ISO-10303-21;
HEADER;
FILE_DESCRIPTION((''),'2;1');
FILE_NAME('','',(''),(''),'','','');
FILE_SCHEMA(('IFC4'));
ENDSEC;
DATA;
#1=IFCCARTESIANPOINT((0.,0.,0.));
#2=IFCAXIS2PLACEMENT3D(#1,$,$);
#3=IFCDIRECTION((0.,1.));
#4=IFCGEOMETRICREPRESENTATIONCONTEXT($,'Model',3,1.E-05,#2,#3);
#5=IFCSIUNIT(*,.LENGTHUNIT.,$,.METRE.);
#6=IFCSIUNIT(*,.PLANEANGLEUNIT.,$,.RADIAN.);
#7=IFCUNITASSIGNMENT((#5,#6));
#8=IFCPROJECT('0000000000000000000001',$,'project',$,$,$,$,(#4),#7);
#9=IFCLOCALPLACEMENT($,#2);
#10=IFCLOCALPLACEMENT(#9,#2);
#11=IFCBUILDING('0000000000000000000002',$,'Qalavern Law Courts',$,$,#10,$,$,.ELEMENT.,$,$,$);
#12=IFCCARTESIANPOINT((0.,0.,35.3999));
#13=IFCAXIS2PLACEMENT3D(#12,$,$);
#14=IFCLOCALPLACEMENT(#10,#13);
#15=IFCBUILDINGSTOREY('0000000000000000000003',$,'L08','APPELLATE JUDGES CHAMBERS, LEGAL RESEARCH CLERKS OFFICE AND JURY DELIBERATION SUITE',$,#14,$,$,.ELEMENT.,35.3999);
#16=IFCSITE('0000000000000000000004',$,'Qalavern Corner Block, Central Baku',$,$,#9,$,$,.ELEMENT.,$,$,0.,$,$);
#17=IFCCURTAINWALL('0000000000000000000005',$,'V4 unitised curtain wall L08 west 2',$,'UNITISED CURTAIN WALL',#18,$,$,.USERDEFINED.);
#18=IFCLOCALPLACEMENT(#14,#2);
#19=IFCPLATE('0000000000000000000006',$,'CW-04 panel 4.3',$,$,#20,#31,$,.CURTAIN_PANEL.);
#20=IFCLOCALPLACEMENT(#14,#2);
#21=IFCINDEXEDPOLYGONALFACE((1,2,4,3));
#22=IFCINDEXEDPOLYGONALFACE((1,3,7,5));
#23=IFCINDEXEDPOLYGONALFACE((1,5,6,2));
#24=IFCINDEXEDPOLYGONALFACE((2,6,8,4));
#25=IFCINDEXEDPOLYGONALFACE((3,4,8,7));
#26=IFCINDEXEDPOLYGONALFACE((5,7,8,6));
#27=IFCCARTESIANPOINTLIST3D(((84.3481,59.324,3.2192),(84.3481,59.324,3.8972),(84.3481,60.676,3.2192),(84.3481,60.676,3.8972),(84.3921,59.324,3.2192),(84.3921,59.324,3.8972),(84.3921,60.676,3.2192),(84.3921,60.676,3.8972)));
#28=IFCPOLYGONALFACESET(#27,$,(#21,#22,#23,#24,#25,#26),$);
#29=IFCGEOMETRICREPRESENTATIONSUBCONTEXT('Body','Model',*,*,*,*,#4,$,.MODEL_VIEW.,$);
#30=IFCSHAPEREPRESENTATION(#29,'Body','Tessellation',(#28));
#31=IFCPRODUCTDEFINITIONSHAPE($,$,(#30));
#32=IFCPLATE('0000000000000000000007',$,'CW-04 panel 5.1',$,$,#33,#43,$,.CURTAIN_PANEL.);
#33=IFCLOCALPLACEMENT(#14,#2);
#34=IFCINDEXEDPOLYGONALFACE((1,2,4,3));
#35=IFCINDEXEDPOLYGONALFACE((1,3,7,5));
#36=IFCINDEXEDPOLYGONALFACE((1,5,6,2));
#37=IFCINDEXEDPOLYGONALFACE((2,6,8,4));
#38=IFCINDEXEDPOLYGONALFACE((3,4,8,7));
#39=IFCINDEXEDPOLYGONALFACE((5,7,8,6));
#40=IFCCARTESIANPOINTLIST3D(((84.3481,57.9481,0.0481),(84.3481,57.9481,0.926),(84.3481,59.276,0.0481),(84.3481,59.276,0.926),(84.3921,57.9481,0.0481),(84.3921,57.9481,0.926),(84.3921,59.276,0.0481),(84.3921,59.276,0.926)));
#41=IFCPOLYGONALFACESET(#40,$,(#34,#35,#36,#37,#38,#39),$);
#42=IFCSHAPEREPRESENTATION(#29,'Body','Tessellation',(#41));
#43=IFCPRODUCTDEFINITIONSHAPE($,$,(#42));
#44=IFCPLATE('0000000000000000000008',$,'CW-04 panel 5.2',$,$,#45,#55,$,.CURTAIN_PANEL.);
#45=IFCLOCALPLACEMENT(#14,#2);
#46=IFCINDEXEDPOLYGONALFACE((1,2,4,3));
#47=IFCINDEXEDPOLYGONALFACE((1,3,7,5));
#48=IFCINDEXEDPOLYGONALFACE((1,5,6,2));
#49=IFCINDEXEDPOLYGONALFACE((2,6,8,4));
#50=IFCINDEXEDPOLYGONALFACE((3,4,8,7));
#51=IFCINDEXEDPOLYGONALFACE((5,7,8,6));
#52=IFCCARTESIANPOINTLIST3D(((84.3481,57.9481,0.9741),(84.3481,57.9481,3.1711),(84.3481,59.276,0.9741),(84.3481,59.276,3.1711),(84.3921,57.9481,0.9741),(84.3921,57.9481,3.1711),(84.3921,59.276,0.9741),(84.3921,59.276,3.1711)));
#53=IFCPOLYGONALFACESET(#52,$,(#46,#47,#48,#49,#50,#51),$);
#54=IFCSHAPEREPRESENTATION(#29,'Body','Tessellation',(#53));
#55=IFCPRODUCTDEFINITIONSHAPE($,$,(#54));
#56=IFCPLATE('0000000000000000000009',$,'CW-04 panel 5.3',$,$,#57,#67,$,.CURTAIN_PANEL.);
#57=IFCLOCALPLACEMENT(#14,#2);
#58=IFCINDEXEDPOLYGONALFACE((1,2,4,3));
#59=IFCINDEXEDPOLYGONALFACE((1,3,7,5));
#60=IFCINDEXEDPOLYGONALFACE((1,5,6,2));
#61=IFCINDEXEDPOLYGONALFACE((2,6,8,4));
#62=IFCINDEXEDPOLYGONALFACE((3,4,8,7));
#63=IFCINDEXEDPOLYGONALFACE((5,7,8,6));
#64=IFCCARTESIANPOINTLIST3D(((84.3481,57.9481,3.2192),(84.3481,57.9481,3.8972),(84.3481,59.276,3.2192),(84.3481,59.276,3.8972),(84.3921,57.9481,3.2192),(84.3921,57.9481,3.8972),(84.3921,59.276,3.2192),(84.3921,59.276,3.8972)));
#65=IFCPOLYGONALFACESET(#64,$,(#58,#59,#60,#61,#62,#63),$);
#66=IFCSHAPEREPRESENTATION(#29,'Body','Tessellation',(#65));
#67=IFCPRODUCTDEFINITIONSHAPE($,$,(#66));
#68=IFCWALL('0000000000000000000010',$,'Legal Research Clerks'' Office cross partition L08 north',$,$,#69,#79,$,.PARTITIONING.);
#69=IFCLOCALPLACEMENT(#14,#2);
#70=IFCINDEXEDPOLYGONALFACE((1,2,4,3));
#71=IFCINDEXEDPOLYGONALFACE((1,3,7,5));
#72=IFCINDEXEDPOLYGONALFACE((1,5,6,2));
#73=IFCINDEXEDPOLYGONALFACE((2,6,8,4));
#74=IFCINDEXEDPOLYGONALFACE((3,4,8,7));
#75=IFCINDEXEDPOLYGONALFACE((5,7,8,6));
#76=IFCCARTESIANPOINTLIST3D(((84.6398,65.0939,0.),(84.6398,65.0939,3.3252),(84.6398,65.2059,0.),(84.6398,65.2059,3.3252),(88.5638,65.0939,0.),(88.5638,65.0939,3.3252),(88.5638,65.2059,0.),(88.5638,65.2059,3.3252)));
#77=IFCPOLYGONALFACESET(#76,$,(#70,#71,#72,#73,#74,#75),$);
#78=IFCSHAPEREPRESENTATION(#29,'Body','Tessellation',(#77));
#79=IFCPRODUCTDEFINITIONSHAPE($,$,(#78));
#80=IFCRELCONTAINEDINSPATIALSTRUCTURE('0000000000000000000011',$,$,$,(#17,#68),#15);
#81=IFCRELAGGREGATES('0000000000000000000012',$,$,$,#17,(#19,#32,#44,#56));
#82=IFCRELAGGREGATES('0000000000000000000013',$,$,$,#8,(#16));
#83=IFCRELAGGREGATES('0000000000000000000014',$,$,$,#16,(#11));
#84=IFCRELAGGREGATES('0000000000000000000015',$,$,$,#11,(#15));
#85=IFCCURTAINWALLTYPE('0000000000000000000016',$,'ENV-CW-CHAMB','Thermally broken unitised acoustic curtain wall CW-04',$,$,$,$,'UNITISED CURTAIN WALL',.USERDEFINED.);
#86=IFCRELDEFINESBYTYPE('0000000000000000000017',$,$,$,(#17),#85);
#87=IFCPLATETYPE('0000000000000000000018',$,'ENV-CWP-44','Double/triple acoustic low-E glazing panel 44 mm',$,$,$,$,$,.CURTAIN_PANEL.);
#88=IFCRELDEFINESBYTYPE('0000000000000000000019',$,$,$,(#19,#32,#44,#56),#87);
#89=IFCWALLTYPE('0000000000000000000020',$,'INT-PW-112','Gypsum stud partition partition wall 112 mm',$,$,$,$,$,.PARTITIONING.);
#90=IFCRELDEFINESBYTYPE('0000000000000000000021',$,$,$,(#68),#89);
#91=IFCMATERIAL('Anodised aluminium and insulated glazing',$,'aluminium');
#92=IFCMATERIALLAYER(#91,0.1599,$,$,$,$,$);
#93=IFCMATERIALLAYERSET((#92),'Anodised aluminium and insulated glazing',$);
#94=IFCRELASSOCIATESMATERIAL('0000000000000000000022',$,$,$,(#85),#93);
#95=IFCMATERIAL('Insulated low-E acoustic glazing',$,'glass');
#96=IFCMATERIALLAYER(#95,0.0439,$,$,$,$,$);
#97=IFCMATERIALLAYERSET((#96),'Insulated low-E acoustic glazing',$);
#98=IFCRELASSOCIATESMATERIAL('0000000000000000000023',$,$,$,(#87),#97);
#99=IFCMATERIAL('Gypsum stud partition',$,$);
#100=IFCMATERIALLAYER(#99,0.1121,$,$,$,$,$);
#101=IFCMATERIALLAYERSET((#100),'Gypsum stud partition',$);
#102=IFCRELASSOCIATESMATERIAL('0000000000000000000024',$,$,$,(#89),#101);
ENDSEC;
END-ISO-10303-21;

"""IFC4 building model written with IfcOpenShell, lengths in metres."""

from ifc_helpers import new_model, si_unit, direction, frame, frame_2d, origin, origin_2d, place, context, subcontext, project, spatial, rectangle, extrude, material, layer, layer_set, type_object, element, aggregate, save


model = new_model("IFC4")

# Units and contexts
model_context = context("Model", 3, precision=1e-05, world=origin(), true_north=direction((0.0, 1.0)))
body_context = subcontext(model_context, "Body", "Model", "MODEL_VIEW")
ifc_project = project(units=[si_unit("LENGTHUNIT", "METRE"), si_unit("PLANEANGLEUNIT", "RADIAN")], contexts=[model_context])

# Site, building, storey
site_placement = place(None, origin())
site = spatial("IfcSite", under=ifc_project, at=site_placement, Name="Qalavern Corner Block, Central Baku", CompositionType="ELEMENT", RefElevation=0.0)
building_placement = place(site_placement, origin())
building = spatial("IfcBuilding", under=site, at=building_placement, Name="Qalavern Law Courts", CompositionType="ELEMENT")
storey_placement = place(building_placement, frame((0.0, 0.0, 35.3999)))
storey = spatial("IfcBuildingStorey", under=building, at=storey_placement, Name="L08", Description="APPELLATE JUDGES CHAMBERS, LEGAL RESEARCH CLERKS OFFICE AND JURY DELIBERATION SUITE", CompositionType="ELEMENT", Elevation=35.3999)

# Curtain wall
ifc_material_1 = material(Name="Anodised aluminium and insulated glazing", Category="aluminium")
ifc_layer_1 = layer(ifc_material_1, 0.1599)
ifc_layer_set_1 = layer_set([ifc_layer_1], Name="Anodised aluminium and insulated glazing")
curtain_wall_type = type_object("IfcCurtainWallType", Name="ENV-CW-CHAMB", Description="Thermally broken unitised acoustic curtain wall CW-04", ElementType="UNITISED CURTAIN WALL", PredefinedType="USERDEFINED", material=ifc_layer_set_1)
curtain_wall_placement = place(storey_placement, origin())
curtain_wall = element("IfcCurtainWall", 1, at=curtain_wall_placement, inside=storey, type_object=curtain_wall_type, Name="V4 unitised curtain wall L08 west 2", ObjectType="UNITISED CURTAIN WALL", PredefinedType="USERDEFINED")

# Plates
ifc_material_2 = material(Name="Insulated low-E acoustic glazing", Category="glass")
ifc_layer_2 = layer(ifc_material_2, 0.0439)
ifc_layer_set_2 = layer_set([ifc_layer_2], Name="Insulated low-E acoustic glazing")
plate_type = type_object("IfcPlateType", Name="ENV-CWP-44", Description="Double/triple acoustic low-E glazing panel 44 mm", PredefinedType="CURTAIN_PANEL", material=ifc_layer_set_2)
plate_1_placement = place(storey_placement, frame((84.3701, 60.0, 3.2192), z_axis=(0.0, 0.0, 1.0), x_axis=(0.0, -1.0, 0.0)))
plate_1 = element("IfcPlate", 2, at=plate_1_placement, type_object=plate_type, Name="CW-04 panel 4.3", PredefinedType="CURTAIN_PANEL", context=body_context, shape_type="SweptSolid", body=[
    extrude(rectangle(XDim=1.3521, YDim=0.0439, at=origin_2d()), origin(), (0.0, 0.0, 1.0), 0.678),
])
plate_2_placement = place(storey_placement, frame((84.3701, 58.6121, 0.0481), z_axis=(0.0, 0.0, 1.0), x_axis=(0.0, -1.0, 0.0)))
plate_2 = element("IfcPlate", 3, at=plate_2_placement, type_object=plate_type, Name="CW-04 panel 5.1", PredefinedType="CURTAIN_PANEL", context=body_context, shape_type="SweptSolid", body=[
    extrude(rectangle(XDim=1.3279, YDim=0.0439, at=origin_2d()), origin(), (0.0, 0.0, 1.0), 0.8779),
])
plate_3_placement = place(storey_placement, frame((84.3701, 58.6121, 0.9741), z_axis=(0.0, 0.0, 1.0), x_axis=(0.0, -1.0, 0.0)))
plate_3 = element("IfcPlate", 4, at=plate_3_placement, type_object=plate_type, Name="CW-04 panel 5.2", PredefinedType="CURTAIN_PANEL", context=body_context, shape_type="SweptSolid", body=[
    extrude(rectangle(XDim=1.3279, YDim=0.0439, at=origin_2d()), origin(), (0.0, 0.0, 1.0), 2.197),
])
plate_4_placement = place(storey_placement, frame((84.3701, 58.6121, 3.2192), z_axis=(0.0, 0.0, 1.0), x_axis=(0.0, -1.0, 0.0)))
plate_4 = element("IfcPlate", 5, at=plate_4_placement, type_object=plate_type, Name="CW-04 panel 5.3", PredefinedType="CURTAIN_PANEL", context=body_context, shape_type="SweptSolid", body=[
    extrude(rectangle(XDim=1.3279, YDim=0.0439, at=origin_2d()), origin(), (0.0, 0.0, 1.0), 0.678),
])
aggregate(curtain_wall, [plate_1, plate_2, plate_3, plate_4])

# Wall
ifc_material_3 = material(Name="Gypsum stud partition")
ifc_layer_3 = layer(ifc_material_3, 0.1121)
ifc_layer_set_3 = layer_set([ifc_layer_3], Name="Gypsum stud partition")
wall_type = type_object("IfcWallType", Name="INT-PW-112", Description="Gypsum stud partition partition wall 112 mm", PredefinedType="PARTITIONING", material=ifc_layer_set_3)
wall_placement = place(storey_placement, frame((84.6399, 65.1499, 0.0), z_axis=(0.0, 0.0, 1.0), x_axis=(1.0, 0.0, 0.0)))
element("IfcWall", 6, at=wall_placement, inside=storey, type_object=wall_type, Name="Legal Research Clerks' Office cross partition L08 north", PredefinedType="PARTITIONING", context=body_context, shape_type="SweptSolid", body=[
    extrude(rectangle(XDim=3.9241, YDim=0.1121, at=frame_2d((1.9619, 0.0))), origin(), (0.0, 0.0, 1.0), 3.3252),
])

save(model, "model.ifc")
